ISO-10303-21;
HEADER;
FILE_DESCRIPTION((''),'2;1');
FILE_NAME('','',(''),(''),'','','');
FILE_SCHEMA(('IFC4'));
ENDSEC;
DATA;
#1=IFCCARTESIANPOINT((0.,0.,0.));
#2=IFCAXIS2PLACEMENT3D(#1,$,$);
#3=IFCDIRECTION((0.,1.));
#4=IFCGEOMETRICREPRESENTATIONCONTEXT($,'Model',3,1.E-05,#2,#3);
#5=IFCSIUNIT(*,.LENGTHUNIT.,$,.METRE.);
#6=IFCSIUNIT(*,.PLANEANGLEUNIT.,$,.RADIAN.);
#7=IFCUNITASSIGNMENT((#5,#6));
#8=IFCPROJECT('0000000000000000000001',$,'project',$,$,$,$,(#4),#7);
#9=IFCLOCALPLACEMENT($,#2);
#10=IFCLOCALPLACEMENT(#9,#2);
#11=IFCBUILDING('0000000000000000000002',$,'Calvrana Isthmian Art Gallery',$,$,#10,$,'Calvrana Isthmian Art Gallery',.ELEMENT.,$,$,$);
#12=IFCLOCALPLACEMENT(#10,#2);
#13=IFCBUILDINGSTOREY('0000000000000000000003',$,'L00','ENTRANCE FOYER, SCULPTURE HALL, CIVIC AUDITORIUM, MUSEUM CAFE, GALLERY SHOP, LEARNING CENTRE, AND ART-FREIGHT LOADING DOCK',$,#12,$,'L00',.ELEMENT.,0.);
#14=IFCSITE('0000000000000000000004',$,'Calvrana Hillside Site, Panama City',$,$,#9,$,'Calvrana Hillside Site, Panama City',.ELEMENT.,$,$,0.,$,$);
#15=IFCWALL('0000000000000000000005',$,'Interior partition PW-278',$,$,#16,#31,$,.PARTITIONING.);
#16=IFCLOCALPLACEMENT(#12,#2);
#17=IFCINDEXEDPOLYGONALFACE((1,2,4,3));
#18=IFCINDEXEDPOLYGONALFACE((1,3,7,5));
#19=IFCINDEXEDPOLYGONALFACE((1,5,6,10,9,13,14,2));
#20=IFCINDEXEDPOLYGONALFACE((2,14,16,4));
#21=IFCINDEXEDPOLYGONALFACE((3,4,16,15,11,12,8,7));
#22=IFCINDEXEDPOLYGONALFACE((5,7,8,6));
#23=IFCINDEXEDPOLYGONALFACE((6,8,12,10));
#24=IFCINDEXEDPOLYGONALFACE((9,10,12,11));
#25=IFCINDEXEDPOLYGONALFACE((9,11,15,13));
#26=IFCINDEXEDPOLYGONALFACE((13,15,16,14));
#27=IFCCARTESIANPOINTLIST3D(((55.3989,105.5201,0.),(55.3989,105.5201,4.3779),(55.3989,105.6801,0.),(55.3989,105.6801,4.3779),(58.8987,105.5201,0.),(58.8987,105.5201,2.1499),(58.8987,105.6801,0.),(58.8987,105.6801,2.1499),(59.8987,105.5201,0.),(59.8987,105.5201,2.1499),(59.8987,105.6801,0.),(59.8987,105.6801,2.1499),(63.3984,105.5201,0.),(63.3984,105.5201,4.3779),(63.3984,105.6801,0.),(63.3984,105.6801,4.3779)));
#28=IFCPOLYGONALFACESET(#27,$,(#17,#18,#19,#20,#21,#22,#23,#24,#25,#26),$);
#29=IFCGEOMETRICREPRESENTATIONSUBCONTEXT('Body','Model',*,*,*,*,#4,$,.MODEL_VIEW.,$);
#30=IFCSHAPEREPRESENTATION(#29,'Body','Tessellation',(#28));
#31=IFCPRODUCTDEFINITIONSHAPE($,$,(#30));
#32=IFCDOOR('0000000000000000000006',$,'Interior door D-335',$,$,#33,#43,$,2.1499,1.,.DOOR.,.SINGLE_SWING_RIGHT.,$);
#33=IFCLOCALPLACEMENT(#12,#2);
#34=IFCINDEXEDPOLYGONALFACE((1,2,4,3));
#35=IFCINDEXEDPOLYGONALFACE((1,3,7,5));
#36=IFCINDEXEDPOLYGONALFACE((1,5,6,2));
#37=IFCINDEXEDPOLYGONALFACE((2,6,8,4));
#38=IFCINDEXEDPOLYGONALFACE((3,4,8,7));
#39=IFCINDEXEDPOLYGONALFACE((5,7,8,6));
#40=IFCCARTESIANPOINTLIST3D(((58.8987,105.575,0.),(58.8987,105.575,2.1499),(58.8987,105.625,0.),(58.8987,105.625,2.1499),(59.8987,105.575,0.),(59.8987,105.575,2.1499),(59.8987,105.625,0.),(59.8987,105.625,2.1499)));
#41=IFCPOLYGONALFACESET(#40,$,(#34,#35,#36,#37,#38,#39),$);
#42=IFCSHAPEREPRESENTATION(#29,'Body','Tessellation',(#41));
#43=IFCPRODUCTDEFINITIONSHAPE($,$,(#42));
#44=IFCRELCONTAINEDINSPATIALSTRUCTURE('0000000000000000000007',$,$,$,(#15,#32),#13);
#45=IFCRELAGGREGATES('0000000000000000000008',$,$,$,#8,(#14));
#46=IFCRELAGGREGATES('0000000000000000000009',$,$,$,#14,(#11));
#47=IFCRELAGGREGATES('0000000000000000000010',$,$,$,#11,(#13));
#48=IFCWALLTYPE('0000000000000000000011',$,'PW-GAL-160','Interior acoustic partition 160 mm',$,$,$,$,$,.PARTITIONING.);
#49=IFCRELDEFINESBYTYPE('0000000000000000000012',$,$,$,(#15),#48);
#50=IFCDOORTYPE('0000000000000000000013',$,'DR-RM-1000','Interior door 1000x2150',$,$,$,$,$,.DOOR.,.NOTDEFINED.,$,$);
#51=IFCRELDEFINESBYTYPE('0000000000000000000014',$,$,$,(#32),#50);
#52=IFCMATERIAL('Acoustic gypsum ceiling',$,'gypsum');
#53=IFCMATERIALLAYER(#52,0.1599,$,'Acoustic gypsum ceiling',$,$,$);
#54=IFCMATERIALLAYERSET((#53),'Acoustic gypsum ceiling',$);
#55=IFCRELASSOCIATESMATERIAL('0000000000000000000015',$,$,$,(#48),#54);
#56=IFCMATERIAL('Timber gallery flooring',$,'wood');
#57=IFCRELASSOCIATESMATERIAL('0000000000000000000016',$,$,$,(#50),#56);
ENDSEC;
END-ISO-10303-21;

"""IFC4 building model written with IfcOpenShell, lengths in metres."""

from ifc_helpers import new_model, si_unit, direction, frame, frame_2d, origin, place, context, subcontext, project, spatial, rectangle, extrude, material, layer, layer_set, type_object, element, fill, save


model = new_model("IFC4")

# Units and contexts
model_context = context("Model", 3, precision=1e-05, world=origin(), true_north=direction((0.0, 1.0)))
body_context = subcontext(model_context, "Body", "Model", "MODEL_VIEW")
ifc_project = project(units=[si_unit("LENGTHUNIT", "METRE"), si_unit("PLANEANGLEUNIT", "RADIAN")], contexts=[model_context])

# Site, building, storey
site_placement = place(None, origin())
site = spatial("IfcSite", under=ifc_project, at=site_placement, Name="Calvrana Hillside Site, Panama City", LongName="Calvrana Hillside Site, Panama City", CompositionType="ELEMENT", RefElevation=0.0)
building_placement = place(site_placement, origin())
building = spatial("IfcBuilding", under=site, at=building_placement, Name="Calvrana Isthmian Art Gallery", LongName="Calvrana Isthmian Art Gallery", CompositionType="ELEMENT")
storey_placement = place(building_placement, origin())
storey = spatial("IfcBuildingStorey", under=building, at=storey_placement, Name="L00", Description="ENTRANCE FOYER, SCULPTURE HALL, CIVIC AUDITORIUM, MUSEUM CAFE, GALLERY SHOP, LEARNING CENTRE, AND ART-FREIGHT LOADING DOCK", LongName="L00", CompositionType="ELEMENT", Elevation=0.0)

# Shared definitions
ifc_material_1 = material(Name="Acoustic gypsum ceiling", Category="gypsum")

# Wall, opening, door
ifc_layer_1 = layer(ifc_material_1, 0.1599, Name="Acoustic gypsum ceiling")
ifc_layer_set_1 = layer_set([ifc_layer_1], Name="Acoustic gypsum ceiling")
wall_type_1 = type_object("IfcWallType", Name="PW-GAL-160", Description="Interior acoustic partition 160 mm", PredefinedType="PARTITIONING", material=ifc_layer_set_1)
wall_1_placement = place(storey_placement, frame((55.3989, 105.6001, 0.0), z_axis=(0.0, 0.0, 1.0), x_axis=(1.0, 0.0, 0.0)))
wall_1 = element("IfcWall", 1, at=wall_1_placement, inside=storey, type_object=wall_type_1, Name="Interior partition PW-278", PredefinedType="PARTITIONING", context=body_context, shape_type="SweptSolid", body=[
    extrude(rectangle(XDim=7.9995, YDim=0.1599, at=frame_2d((3.9998, 0.0))), origin(), (0.0, 0.0, 1.0), 4.3779),
])
opening_placement = place(wall_1_placement, frame((3.4998, 0.0, 0.0)))
opening = element("IfcOpeningElement", 2, at=opening_placement, cuts=wall_1, PredefinedType="OPENING", context=body_context, shape_type="SweptSolid", body=[
    extrude(rectangle(XDim=1.0, YDim=2.1499, at=frame_2d((0.5, 1.075))), frame((0.0, 0.0903, 0.0), z_axis=(0.0, -1.0, 0.0), x_axis=(1.0, 0.0, 0.0)), (0.0, 0.0, 1.0), 0.1804),
])
ifc_material_2 = material(Name="Timber gallery flooring", Category="wood")
door_type = type_object("IfcDoorType", Name="DR-RM-1000", Description="Interior door 1000x2150", OperationType="NOTDEFINED", PredefinedType="DOOR", material=ifc_material_2)
door_placement = place(opening_placement, origin())
door = element("IfcDoor", 3, at=door_placement, inside=storey, type_object=door_type, Name="Interior door D-335", OperationType="SINGLE_SWING_RIGHT", OverallHeight=2.1499, OverallWidth=1.0, PredefinedType="DOOR", context=body_context, shape_type="SweptSolid", body=[
    extrude(rectangle(XDim=1.0, YDim=2.1499, at=frame_2d((0.5, 1.075))), frame((0.0, 0.0249, 0.0), z_axis=(0.0, -1.0, 0.0), x_axis=(1.0, 0.0, 0.0)), (0.0, 0.0, 1.0), 0.05),
])
fill(opening, door)

save(model, "model.ifc")
